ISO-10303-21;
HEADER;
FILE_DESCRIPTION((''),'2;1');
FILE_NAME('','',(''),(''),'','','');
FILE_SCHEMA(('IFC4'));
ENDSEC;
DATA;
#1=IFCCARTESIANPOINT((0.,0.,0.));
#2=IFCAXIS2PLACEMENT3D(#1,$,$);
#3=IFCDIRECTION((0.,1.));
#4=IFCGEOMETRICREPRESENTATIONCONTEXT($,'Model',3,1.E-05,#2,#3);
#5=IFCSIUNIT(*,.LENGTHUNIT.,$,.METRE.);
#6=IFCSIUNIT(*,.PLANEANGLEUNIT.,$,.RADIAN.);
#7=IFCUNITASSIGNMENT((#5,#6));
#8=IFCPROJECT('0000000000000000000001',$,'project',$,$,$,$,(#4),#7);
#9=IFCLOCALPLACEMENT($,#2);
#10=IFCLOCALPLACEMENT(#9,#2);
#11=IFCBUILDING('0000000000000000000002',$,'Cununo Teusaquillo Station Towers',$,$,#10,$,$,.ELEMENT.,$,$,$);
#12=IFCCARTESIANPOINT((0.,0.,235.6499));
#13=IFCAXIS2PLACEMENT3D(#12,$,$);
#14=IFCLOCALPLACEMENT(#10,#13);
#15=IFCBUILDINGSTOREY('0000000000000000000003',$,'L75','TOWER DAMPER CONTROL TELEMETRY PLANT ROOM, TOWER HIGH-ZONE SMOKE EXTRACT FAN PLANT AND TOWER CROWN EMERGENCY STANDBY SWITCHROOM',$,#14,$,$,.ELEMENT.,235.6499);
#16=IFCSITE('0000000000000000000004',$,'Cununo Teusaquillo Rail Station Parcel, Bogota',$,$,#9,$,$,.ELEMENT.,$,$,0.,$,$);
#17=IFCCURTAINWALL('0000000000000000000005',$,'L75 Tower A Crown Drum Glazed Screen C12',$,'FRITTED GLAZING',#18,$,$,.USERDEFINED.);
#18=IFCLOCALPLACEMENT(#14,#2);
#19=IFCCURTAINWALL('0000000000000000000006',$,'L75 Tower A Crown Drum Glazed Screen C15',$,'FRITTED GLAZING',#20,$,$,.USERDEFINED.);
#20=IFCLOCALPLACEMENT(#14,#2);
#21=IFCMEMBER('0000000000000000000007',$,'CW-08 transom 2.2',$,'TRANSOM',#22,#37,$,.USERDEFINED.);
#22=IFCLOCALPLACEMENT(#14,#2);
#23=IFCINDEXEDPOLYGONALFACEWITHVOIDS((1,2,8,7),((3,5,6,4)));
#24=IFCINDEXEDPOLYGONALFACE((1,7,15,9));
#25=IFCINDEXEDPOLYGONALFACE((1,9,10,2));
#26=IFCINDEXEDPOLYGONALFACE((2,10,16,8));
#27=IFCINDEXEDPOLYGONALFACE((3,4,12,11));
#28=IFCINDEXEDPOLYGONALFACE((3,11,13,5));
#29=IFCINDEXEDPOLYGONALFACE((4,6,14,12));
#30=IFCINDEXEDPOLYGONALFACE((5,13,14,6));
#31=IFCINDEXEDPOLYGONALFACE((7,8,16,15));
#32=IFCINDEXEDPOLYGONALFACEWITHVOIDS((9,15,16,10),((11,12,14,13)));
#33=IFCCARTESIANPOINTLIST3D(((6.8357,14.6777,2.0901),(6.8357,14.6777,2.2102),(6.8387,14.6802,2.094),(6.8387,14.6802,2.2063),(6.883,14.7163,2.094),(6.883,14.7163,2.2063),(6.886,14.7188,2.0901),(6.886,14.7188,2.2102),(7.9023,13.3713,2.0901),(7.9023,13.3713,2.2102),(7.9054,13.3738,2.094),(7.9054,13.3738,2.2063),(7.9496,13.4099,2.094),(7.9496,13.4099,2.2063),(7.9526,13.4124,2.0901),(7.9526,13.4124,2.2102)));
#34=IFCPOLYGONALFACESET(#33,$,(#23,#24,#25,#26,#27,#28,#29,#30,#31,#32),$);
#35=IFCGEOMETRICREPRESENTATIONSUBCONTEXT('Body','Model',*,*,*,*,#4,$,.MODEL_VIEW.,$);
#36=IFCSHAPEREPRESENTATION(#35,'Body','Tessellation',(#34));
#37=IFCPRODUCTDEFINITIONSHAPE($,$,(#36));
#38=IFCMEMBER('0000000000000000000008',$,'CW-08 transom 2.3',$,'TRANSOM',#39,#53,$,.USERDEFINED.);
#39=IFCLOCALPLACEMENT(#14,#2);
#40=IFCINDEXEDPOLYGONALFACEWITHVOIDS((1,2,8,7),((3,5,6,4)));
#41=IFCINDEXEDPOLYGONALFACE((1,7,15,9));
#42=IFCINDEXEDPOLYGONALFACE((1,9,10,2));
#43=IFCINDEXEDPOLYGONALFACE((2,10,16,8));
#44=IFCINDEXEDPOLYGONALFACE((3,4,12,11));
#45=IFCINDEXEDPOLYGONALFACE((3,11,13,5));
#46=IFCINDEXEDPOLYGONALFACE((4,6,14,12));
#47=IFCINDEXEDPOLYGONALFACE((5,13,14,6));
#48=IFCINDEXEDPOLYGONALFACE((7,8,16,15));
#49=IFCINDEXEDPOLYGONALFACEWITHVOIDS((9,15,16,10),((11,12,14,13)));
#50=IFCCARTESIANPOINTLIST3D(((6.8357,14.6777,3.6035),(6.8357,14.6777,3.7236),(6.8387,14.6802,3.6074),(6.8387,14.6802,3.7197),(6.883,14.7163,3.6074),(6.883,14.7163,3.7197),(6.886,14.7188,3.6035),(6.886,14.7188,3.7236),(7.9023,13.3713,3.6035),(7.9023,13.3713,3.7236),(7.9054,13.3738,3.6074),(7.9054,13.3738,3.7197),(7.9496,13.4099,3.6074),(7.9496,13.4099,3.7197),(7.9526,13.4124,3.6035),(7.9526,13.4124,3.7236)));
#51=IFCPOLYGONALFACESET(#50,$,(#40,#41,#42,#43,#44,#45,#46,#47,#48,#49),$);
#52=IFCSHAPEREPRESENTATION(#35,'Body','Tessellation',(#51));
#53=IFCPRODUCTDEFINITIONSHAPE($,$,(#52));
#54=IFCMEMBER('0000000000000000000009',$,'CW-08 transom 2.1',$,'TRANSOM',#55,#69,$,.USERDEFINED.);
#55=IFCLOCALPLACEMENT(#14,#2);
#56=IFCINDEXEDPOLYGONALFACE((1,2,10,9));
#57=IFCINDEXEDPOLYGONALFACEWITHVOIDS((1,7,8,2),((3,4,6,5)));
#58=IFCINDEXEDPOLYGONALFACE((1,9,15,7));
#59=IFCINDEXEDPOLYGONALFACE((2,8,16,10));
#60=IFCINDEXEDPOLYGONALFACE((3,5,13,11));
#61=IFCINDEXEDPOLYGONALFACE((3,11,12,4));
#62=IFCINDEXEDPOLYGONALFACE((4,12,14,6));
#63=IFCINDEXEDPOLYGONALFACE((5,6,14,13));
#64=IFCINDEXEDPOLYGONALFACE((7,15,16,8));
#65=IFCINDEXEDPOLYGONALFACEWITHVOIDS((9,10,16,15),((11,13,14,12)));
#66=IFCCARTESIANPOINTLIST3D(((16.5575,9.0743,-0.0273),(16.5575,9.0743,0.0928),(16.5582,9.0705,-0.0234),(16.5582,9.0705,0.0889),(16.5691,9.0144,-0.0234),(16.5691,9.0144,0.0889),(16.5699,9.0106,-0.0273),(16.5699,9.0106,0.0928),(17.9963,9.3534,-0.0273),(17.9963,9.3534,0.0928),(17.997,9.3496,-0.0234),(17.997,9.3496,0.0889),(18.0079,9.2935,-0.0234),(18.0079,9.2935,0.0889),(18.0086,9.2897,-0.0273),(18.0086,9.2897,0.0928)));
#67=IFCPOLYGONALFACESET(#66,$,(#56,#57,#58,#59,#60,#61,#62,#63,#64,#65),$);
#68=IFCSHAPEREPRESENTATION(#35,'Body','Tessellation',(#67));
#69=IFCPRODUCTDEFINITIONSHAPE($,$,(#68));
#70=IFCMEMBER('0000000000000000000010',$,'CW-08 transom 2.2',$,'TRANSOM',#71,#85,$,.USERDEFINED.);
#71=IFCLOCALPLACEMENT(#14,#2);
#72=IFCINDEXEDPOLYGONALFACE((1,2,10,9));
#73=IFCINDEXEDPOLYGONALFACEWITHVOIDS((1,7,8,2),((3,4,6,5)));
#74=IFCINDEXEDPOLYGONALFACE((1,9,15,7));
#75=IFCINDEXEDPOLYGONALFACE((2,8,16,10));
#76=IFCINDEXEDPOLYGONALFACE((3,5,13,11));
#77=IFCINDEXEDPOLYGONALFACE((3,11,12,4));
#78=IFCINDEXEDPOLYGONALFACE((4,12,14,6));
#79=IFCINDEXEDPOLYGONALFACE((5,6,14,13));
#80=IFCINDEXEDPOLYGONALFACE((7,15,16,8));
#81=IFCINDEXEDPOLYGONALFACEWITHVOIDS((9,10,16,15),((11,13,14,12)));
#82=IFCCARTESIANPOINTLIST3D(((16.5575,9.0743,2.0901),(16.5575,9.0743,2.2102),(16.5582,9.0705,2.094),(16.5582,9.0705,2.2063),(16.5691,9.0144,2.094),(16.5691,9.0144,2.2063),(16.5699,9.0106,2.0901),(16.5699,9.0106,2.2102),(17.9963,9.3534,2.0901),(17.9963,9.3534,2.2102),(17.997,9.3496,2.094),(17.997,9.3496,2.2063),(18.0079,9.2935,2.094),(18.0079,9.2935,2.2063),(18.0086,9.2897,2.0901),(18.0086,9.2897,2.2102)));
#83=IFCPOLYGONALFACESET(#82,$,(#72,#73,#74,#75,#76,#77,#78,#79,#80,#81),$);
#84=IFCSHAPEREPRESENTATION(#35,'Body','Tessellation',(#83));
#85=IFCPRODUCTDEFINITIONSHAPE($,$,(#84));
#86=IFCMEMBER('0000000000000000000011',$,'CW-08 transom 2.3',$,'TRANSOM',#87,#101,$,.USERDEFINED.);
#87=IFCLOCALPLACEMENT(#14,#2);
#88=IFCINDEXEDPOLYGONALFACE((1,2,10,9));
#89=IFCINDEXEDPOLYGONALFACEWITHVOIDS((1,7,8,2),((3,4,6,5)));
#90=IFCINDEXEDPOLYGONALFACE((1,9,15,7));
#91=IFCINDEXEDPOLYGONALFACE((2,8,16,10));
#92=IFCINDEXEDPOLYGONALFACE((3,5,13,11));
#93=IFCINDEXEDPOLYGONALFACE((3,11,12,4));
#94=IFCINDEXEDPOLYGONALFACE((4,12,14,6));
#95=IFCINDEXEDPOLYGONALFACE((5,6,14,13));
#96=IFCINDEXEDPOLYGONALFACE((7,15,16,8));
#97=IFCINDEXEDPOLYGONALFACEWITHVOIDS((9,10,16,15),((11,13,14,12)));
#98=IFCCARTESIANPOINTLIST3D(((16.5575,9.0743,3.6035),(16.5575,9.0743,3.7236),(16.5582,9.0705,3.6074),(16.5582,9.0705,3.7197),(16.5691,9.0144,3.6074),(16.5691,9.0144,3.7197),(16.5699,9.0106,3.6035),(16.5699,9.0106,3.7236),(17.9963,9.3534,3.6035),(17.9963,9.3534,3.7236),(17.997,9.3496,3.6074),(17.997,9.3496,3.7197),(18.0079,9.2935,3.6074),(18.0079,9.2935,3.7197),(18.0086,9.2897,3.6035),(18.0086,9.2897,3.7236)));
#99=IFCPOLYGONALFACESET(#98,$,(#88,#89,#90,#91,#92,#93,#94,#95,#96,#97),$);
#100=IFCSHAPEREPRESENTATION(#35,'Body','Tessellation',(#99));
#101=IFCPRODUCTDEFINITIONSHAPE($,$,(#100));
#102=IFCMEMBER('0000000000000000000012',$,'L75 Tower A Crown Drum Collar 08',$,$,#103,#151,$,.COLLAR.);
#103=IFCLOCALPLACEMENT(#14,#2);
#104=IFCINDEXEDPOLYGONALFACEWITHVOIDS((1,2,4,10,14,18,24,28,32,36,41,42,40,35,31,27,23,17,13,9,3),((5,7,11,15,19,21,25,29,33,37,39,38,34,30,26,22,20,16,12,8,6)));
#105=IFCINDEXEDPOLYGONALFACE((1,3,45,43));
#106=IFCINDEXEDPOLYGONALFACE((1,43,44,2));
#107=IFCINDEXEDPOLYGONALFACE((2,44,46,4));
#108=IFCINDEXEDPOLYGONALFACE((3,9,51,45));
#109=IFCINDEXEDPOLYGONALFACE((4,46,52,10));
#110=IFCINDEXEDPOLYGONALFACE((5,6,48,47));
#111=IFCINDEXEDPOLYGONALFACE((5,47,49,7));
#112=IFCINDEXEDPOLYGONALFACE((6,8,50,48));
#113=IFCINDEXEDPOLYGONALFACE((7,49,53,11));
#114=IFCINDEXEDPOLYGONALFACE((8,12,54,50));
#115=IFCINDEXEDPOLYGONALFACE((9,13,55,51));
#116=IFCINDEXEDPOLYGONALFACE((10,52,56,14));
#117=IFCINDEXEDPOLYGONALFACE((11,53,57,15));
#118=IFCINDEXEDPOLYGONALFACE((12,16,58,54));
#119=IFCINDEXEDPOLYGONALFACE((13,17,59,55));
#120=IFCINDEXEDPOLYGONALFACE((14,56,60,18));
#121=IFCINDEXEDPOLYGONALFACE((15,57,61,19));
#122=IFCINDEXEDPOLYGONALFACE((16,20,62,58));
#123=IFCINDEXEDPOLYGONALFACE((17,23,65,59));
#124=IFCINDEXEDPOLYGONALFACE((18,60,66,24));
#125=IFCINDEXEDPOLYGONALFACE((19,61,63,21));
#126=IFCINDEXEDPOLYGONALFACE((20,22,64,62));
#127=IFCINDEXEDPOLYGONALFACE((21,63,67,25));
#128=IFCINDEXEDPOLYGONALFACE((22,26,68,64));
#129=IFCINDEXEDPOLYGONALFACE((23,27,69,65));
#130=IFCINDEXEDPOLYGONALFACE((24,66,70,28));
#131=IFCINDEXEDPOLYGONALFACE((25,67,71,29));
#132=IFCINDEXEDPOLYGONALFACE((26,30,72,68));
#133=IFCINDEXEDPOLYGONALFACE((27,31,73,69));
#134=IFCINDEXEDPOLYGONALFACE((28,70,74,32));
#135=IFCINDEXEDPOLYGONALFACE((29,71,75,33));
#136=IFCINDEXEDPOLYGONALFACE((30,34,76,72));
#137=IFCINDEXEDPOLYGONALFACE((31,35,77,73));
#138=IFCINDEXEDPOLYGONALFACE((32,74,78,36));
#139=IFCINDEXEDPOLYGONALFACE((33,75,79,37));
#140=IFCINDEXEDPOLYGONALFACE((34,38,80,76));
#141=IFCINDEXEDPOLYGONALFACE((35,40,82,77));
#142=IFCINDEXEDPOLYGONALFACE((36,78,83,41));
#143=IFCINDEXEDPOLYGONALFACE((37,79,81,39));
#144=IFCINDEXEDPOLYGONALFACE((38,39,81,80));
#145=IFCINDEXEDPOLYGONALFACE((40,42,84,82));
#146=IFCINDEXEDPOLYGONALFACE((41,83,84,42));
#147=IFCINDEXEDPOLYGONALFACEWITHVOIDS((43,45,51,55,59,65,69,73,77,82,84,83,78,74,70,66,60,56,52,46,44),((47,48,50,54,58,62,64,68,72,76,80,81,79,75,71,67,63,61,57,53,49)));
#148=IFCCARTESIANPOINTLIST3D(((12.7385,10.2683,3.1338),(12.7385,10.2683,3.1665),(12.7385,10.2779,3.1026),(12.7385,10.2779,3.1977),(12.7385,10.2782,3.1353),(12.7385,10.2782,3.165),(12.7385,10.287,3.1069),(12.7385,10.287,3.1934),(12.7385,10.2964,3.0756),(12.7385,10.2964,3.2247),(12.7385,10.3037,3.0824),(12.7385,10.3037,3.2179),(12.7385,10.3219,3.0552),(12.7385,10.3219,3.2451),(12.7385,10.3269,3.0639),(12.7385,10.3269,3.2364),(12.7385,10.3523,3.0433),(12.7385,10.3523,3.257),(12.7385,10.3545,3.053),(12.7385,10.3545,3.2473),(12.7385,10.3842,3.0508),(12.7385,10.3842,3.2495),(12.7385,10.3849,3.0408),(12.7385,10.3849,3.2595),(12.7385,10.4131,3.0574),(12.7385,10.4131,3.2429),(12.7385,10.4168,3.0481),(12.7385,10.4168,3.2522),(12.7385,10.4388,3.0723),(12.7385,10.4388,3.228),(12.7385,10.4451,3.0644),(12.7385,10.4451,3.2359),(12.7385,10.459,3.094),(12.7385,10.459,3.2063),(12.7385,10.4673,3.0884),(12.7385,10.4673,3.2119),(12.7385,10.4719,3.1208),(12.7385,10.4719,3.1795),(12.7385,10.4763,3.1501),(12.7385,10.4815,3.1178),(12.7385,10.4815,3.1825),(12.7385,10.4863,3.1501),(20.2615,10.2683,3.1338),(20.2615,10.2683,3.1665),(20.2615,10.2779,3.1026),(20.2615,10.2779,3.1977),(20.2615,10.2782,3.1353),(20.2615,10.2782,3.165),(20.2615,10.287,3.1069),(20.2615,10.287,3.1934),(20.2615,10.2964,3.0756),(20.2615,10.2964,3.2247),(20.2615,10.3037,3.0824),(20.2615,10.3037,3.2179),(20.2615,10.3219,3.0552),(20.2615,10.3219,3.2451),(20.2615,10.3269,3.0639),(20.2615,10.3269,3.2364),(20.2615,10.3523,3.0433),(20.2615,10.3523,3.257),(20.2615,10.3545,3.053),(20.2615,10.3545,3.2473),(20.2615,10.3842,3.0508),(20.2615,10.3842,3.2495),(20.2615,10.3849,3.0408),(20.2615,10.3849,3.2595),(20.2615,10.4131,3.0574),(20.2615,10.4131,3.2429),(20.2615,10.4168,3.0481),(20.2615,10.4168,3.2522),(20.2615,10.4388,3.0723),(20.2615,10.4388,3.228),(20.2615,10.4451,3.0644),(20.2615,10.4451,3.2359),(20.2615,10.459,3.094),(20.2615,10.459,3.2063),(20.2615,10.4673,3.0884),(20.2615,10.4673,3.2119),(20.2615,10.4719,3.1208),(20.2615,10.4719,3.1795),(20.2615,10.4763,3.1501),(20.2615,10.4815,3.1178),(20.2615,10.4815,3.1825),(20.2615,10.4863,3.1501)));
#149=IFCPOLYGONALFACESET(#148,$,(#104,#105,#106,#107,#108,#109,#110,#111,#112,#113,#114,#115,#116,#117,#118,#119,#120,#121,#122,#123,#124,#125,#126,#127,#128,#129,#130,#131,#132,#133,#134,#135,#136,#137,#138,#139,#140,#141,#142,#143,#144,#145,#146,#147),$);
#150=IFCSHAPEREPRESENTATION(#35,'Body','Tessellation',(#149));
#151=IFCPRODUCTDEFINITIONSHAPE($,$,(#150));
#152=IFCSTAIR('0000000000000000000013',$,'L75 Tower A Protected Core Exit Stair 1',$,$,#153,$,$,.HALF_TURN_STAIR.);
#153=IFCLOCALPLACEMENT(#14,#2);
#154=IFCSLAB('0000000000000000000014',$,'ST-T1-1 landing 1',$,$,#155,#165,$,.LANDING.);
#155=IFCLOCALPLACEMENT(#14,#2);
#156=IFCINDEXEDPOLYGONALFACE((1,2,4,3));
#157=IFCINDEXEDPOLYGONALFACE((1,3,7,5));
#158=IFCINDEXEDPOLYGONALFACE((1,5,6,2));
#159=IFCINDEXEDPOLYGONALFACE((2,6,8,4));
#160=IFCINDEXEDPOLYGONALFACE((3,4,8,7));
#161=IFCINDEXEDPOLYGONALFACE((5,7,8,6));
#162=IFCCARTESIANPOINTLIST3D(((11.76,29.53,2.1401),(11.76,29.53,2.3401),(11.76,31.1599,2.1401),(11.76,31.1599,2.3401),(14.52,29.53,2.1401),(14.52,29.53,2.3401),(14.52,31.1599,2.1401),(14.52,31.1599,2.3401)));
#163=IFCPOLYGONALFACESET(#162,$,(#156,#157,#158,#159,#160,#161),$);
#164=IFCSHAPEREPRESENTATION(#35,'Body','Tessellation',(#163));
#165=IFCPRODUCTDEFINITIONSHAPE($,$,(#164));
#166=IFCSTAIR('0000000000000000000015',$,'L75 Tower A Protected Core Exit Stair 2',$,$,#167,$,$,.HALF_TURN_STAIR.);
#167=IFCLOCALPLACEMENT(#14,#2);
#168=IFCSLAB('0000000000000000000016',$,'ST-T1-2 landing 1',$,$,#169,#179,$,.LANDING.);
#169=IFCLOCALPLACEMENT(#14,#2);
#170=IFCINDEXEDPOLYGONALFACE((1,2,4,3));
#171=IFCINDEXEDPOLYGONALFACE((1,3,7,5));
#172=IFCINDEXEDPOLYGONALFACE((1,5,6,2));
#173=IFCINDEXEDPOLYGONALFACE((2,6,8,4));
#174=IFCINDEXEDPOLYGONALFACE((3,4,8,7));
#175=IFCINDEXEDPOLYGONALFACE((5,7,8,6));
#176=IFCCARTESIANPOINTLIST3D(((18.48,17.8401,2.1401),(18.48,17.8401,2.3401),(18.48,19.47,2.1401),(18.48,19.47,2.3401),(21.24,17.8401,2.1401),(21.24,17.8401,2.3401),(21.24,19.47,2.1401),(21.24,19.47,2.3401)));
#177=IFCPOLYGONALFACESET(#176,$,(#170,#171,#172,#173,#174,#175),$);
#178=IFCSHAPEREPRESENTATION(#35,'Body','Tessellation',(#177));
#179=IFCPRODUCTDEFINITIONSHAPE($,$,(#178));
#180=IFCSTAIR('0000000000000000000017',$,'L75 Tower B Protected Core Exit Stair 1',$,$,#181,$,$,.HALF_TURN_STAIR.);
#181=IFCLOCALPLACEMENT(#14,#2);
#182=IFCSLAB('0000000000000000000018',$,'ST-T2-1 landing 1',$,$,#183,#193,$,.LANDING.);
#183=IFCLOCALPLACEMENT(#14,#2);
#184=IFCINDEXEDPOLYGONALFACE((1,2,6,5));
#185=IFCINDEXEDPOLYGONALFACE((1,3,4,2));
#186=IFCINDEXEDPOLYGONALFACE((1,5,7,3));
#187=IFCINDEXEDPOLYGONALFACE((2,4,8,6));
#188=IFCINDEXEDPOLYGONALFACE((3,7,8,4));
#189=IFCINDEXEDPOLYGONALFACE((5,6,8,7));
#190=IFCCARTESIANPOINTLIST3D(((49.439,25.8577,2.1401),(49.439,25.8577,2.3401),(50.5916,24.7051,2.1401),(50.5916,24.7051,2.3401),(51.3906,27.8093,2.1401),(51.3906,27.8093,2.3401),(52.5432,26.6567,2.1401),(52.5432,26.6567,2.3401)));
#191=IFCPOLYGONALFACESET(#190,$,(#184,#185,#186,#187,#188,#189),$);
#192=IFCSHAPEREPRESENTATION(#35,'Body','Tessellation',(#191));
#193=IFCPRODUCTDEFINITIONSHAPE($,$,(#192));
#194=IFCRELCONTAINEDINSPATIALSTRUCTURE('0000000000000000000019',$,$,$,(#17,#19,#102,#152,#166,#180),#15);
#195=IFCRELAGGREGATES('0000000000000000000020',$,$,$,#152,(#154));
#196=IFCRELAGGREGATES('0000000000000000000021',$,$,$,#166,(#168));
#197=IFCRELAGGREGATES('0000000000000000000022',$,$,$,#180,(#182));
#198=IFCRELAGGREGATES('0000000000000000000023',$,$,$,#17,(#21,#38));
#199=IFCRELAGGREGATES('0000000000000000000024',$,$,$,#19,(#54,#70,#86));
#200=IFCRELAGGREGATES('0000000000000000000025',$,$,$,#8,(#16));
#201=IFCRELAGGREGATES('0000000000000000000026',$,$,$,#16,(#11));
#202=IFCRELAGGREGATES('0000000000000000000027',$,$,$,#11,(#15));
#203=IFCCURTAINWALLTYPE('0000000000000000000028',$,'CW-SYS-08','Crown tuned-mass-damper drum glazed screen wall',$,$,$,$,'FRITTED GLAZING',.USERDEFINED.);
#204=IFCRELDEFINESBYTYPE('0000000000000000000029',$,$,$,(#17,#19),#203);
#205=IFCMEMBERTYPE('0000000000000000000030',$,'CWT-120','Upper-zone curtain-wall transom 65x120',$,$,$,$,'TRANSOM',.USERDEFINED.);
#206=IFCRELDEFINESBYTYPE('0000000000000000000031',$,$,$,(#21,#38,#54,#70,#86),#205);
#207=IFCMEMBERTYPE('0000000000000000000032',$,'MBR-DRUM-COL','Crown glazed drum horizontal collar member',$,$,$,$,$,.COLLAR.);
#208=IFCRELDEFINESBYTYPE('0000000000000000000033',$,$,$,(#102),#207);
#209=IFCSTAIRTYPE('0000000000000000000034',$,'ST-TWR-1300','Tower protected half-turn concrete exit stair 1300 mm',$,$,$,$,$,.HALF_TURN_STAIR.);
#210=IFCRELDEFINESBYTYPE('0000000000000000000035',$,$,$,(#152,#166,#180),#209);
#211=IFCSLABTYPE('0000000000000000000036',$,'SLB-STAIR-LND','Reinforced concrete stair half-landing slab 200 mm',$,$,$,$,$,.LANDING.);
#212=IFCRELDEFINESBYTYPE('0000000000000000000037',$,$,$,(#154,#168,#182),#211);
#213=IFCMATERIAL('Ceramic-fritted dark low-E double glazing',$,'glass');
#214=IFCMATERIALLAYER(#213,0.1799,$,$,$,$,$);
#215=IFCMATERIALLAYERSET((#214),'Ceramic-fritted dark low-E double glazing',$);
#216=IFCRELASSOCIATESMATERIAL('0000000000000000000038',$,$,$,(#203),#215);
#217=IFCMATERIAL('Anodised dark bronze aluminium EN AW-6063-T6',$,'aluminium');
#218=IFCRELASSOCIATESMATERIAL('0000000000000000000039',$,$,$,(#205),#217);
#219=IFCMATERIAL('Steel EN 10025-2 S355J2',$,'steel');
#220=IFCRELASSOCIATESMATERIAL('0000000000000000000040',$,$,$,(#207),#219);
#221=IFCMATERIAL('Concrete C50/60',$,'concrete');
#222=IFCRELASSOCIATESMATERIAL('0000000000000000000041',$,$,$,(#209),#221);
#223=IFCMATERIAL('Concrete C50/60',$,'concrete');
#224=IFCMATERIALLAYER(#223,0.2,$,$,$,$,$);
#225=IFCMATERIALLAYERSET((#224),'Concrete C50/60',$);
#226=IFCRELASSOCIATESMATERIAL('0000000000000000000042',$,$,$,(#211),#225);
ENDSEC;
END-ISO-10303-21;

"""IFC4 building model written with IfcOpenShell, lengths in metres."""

from ifc_helpers import new_model, si_unit, direction, frame, origin, origin_2d, place, context, subcontext, project, spatial, polyline, hollow_rectangle, hollow_circle, outline, extrude, material, layer, layer_set, material_profile, profile_set, type_object, element, aggregate, save


model = new_model("IFC4")

# Units and contexts
model_context = context("Model", 3, precision=1e-05, world=origin(), true_north=direction((0.0, 1.0)))
body_context = subcontext(model_context, "Body", "Model", "MODEL_VIEW")
ifc_project = project(units=[si_unit("LENGTHUNIT", "METRE"), si_unit("PLANEANGLEUNIT", "RADIAN")], contexts=[model_context])

# Site, building, storey
site_placement = place(None, origin())
site = spatial("IfcSite", under=ifc_project, at=site_placement, Name="Cununo Teusaquillo Rail Station Parcel, Bogota", CompositionType="ELEMENT", RefElevation=0.0)
building_placement = place(site_placement, origin())
building = spatial("IfcBuilding", under=site, at=building_placement, Name="Cununo Teusaquillo Station Towers", CompositionType="ELEMENT")
storey_placement = place(building_placement, frame((0.0, 0.0, 235.6499)))
storey = spatial("IfcBuildingStorey", under=building, at=storey_placement, Name="L75", Description="TOWER DAMPER CONTROL TELEMETRY PLANT ROOM, TOWER HIGH-ZONE SMOKE EXTRACT FAN PLANT AND TOWER CROWN EMERGENCY STANDBY SWITCHROOM", CompositionType="ELEMENT", Elevation=235.6499)

# Curtain walls
ifc_material_1 = material(Name="Ceramic-fritted dark low-E double glazing", Category="glass")
ifc_layer_1 = layer(ifc_material_1, 0.1799)
ifc_layer_set_1 = layer_set([ifc_layer_1], Name="Ceramic-fritted dark low-E double glazing")
curtain_wall_type = type_object("IfcCurtainWallType", Name="CW-SYS-08", Description="Crown tuned-mass-damper drum glazed screen wall", ElementType="FRITTED GLAZING", PredefinedType="USERDEFINED", material=ifc_layer_set_1)
curtain_wall_1_placement = place(storey_placement, origin())
curtain_wall_1 = element("IfcCurtainWall", 1, at=curtain_wall_1_placement, inside=storey, type_object=curtain_wall_type, Name="L75 Tower A Crown Drum Glazed Screen C12", ObjectType="FRITTED GLAZING", PredefinedType="USERDEFINED")
curtain_wall_2_placement = place(storey_placement, origin())
curtain_wall_2 = element("IfcCurtainWall", 2, at=curtain_wall_2_placement, inside=storey, type_object=curtain_wall_type, Name="L75 Tower A Crown Drum Glazed Screen C15", ObjectType="FRITTED GLAZING", PredefinedType="USERDEFINED")

# Members
ifc_material_2 = material(Name="Anodised dark bronze aluminium EN AW-6063-T6", Category="aluminium")
ifc_material_profile_1 = material_profile(ifc_material_2, hollow_rectangle(XDim=0.0649, YDim=0.1201, WallThickness=0.0039, at=origin_2d()), Name="CW-TRAN-65x120")
ifc_profile_set_1 = profile_set([ifc_material_profile_1], Name="Anodised dark bronze aluminium EN AW-6063-T6")
member_type_1 = type_object("IfcMemberType", Name="CWT-120", Description="Upper-zone curtain-wall transom 65x120", ElementType="TRANSOM", PredefinedType="USERDEFINED", material=ifc_profile_set_1)
member_1_placement = place(storey_placement, frame((7.9275, 13.3918, 2.1501), z_axis=(-0.632449, 0.774602, 0.0), x_axis=(-0.774602, -0.632449, 0.0)))
member_1 = element("IfcMember", 3, at=member_1_placement, type_object=member_type_1, Name="CW-08 transom 2.2", ObjectType="TRANSOM", PredefinedType="USERDEFINED", context=body_context, shape_type="SweptSolid", body=[
    extrude(hollow_rectangle(XDim=0.0649, YDim=0.1201, WallThickness=0.0039, at=origin_2d()), origin(), (0.0, 0.0, 1.0), 1.6865),
])
member_2_placement = place(storey_placement, frame((7.9275, 13.3918, 3.6636), z_axis=(-0.632449, 0.774602, 0.0), x_axis=(-0.774602, -0.632449, 0.0)))
member_2 = element("IfcMember", 4, at=member_2_placement, type_object=member_type_1, Name="CW-08 transom 2.3", ObjectType="TRANSOM", PredefinedType="USERDEFINED", context=body_context, shape_type="SweptSolid", body=[
    extrude(hollow_rectangle(XDim=0.0649, YDim=0.1201, WallThickness=0.0039, at=origin_2d()), origin(), (0.0, 0.0, 1.0), 1.6865),
])
member_3_placement = place(storey_placement, frame((18.0024, 9.3215, 0.0327), z_axis=(-0.981705, -0.19041, 0.0), x_axis=(0.19041, -0.981705, 0.0)))
member_3 = element("IfcMember", 5, at=member_3_placement, type_object=member_type_1, Name="CW-08 transom 2.1", ObjectType="TRANSOM", PredefinedType="USERDEFINED", context=body_context, shape_type="SweptSolid", body=[
    extrude(hollow_rectangle(XDim=0.0649, YDim=0.1201, WallThickness=0.0039, at=origin_2d()), origin(), (0.0, 0.0, 1.0), 1.4656),
])
member_4_placement = place(storey_placement, frame((18.0024, 9.3215, 2.1501), z_axis=(-0.981705, -0.19041, 0.0), x_axis=(0.19041, -0.981705, 0.0)))
member_4 = element("IfcMember", 6, at=member_4_placement, type_object=member_type_1, Name="CW-08 transom 2.2", ObjectType="TRANSOM", PredefinedType="USERDEFINED", context=body_context, shape_type="SweptSolid", body=[
    extrude(hollow_rectangle(XDim=0.0649, YDim=0.1201, WallThickness=0.0039, at=origin_2d()), origin(), (0.0, 0.0, 1.0), 1.4656),
])
member_5_placement = place(storey_placement, frame((18.0024, 9.3215, 3.6636), z_axis=(-0.981705, -0.19041, 0.0), x_axis=(0.19041, -0.981705, 0.0)))
member_5 = element("IfcMember", 7, at=member_5_placement, type_object=member_type_1, Name="CW-08 transom 2.3", ObjectType="TRANSOM", PredefinedType="USERDEFINED", context=body_context, shape_type="SweptSolid", body=[
    extrude(hollow_rectangle(XDim=0.0649, YDim=0.1201, WallThickness=0.0039, at=origin_2d()), origin(), (0.0, 0.0, 1.0), 1.4656),
])
ifc_material_3 = material(Name="Steel EN 10025-2 S355J2", Category="steel")
ifc_material_profile_2 = material_profile(ifc_material_3, hollow_circle(Radius=0.1096, WallThickness=0.01, at=origin_2d()), Name="CHS 219x10")
ifc_profile_set_2 = profile_set([ifc_material_profile_2], Name="Steel EN 10025-2 S355J2")
member_type_2 = type_object("IfcMemberType", Name="MBR-DRUM-COL", Description="Crown glazed drum horizontal collar member", PredefinedType="COLLAR", material=ifc_profile_set_2)
member_6_placement = place(storey_placement, frame((12.7385, 10.3767, 3.1501), z_axis=(1.0, 0.0, 0.0), x_axis=(0.0, 1.0, 0.0)))
element("IfcMember", 8, at=member_6_placement, inside=storey, type_object=member_type_2, Name="L75 Tower A Crown Drum Collar 08", PredefinedType="COLLAR", context=body_context, shape_type="SweptSolid", body=[
    extrude(hollow_circle(Radius=0.1096, WallThickness=0.01, at=origin_2d()), origin(), (0.0, 0.0, 1.0), 7.5229),
])

# Stairs, slabs
ifc_material_4 = material(Name="Concrete C50/60", Category="concrete")
stair_type = type_object("IfcStairType", Name="ST-TWR-1300", Description="Tower protected half-turn concrete exit stair 1300 mm", PredefinedType="HALF_TURN_STAIR", material=ifc_material_4)
stair_1_placement = place(storey_placement, origin())
stair_1 = element("IfcStair", 9, at=stair_1_placement, inside=storey, type_object=stair_type, Name="L75 Tower A Protected Core Exit Stair 1", PredefinedType="HALF_TURN_STAIR")
ifc_material_5 = material(Name="Concrete C50/60", Category="concrete")
ifc_layer_2 = layer(ifc_material_5, 0.2)
ifc_layer_set_2 = layer_set([ifc_layer_2], Name="Concrete C50/60")
slab_type_1 = type_object("IfcSlabType", Name="SLB-STAIR-LND", Description="Reinforced concrete stair half-landing slab 200 mm", PredefinedType="LANDING", material=ifc_layer_set_2)
slab_1_placement = place(storey_placement, frame((0.0, 0.0, 2.1401)))
slab_1 = element("IfcSlab", 10, at=slab_1_placement, type_object=slab_type_1, Name="ST-T1-1 landing 1", PredefinedType="LANDING", context=body_context, shape_type="SweptSolid", body=[
    extrude(outline(polyline([(14.52, 29.53), (14.52, 31.1599), (11.76, 31.1599), (11.76, 29.53), (14.52, 29.53)])), origin(), (0.0, 0.0, 1.0), 0.2),
])
aggregate(stair_1, [slab_1])
stair_2_placement = place(storey_placement, origin())
stair_2 = element("IfcStair", 11, at=stair_2_placement, inside=storey, type_object=stair_type, Name="L75 Tower A Protected Core Exit Stair 2", PredefinedType="HALF_TURN_STAIR")
slab_2_placement = place(storey_placement, frame((0.0, 0.0, 2.1401)))
slab_2 = element("IfcSlab", 12, at=slab_2_placement, type_object=slab_type_1, Name="ST-T1-2 landing 1", PredefinedType="LANDING", context=body_context, shape_type="SweptSolid", body=[
    extrude(outline(polyline([(18.48, 19.47), (18.48, 17.8401), (21.24, 17.8401), (21.24, 19.47), (18.48, 19.47)])), origin(), (0.0, 0.0, 1.0), 0.2),
])
aggregate(stair_2, [slab_2])
stair_3_placement = place(storey_placement, origin())
stair_3 = element("IfcStair", 13, at=stair_3_placement, inside=storey, type_object=stair_type, Name="L75 Tower B Protected Core Exit Stair 1", PredefinedType="HALF_TURN_STAIR")
slab_3_placement = place(storey_placement, frame((0.0, 0.0, 2.1401)))
slab_3 = element("IfcSlab", 14, at=slab_3_placement, type_object=slab_type_1, Name="ST-T2-1 landing 1", PredefinedType="LANDING", context=body_context, shape_type="SweptSolid", body=[
    extrude(outline(polyline([(52.5432, 26.6567), (51.3906, 27.8093), (49.439, 25.8577), (50.5916, 24.7051), (52.5432, 26.6567)])), origin(), (0.0, 0.0, 1.0), 0.2),
])
aggregate(stair_3, [slab_3])

aggregate(curtain_wall_1, [member_1, member_2])
aggregate(curtain_wall_2, [member_3, member_4, member_5])

save(model, "model.ifc")
